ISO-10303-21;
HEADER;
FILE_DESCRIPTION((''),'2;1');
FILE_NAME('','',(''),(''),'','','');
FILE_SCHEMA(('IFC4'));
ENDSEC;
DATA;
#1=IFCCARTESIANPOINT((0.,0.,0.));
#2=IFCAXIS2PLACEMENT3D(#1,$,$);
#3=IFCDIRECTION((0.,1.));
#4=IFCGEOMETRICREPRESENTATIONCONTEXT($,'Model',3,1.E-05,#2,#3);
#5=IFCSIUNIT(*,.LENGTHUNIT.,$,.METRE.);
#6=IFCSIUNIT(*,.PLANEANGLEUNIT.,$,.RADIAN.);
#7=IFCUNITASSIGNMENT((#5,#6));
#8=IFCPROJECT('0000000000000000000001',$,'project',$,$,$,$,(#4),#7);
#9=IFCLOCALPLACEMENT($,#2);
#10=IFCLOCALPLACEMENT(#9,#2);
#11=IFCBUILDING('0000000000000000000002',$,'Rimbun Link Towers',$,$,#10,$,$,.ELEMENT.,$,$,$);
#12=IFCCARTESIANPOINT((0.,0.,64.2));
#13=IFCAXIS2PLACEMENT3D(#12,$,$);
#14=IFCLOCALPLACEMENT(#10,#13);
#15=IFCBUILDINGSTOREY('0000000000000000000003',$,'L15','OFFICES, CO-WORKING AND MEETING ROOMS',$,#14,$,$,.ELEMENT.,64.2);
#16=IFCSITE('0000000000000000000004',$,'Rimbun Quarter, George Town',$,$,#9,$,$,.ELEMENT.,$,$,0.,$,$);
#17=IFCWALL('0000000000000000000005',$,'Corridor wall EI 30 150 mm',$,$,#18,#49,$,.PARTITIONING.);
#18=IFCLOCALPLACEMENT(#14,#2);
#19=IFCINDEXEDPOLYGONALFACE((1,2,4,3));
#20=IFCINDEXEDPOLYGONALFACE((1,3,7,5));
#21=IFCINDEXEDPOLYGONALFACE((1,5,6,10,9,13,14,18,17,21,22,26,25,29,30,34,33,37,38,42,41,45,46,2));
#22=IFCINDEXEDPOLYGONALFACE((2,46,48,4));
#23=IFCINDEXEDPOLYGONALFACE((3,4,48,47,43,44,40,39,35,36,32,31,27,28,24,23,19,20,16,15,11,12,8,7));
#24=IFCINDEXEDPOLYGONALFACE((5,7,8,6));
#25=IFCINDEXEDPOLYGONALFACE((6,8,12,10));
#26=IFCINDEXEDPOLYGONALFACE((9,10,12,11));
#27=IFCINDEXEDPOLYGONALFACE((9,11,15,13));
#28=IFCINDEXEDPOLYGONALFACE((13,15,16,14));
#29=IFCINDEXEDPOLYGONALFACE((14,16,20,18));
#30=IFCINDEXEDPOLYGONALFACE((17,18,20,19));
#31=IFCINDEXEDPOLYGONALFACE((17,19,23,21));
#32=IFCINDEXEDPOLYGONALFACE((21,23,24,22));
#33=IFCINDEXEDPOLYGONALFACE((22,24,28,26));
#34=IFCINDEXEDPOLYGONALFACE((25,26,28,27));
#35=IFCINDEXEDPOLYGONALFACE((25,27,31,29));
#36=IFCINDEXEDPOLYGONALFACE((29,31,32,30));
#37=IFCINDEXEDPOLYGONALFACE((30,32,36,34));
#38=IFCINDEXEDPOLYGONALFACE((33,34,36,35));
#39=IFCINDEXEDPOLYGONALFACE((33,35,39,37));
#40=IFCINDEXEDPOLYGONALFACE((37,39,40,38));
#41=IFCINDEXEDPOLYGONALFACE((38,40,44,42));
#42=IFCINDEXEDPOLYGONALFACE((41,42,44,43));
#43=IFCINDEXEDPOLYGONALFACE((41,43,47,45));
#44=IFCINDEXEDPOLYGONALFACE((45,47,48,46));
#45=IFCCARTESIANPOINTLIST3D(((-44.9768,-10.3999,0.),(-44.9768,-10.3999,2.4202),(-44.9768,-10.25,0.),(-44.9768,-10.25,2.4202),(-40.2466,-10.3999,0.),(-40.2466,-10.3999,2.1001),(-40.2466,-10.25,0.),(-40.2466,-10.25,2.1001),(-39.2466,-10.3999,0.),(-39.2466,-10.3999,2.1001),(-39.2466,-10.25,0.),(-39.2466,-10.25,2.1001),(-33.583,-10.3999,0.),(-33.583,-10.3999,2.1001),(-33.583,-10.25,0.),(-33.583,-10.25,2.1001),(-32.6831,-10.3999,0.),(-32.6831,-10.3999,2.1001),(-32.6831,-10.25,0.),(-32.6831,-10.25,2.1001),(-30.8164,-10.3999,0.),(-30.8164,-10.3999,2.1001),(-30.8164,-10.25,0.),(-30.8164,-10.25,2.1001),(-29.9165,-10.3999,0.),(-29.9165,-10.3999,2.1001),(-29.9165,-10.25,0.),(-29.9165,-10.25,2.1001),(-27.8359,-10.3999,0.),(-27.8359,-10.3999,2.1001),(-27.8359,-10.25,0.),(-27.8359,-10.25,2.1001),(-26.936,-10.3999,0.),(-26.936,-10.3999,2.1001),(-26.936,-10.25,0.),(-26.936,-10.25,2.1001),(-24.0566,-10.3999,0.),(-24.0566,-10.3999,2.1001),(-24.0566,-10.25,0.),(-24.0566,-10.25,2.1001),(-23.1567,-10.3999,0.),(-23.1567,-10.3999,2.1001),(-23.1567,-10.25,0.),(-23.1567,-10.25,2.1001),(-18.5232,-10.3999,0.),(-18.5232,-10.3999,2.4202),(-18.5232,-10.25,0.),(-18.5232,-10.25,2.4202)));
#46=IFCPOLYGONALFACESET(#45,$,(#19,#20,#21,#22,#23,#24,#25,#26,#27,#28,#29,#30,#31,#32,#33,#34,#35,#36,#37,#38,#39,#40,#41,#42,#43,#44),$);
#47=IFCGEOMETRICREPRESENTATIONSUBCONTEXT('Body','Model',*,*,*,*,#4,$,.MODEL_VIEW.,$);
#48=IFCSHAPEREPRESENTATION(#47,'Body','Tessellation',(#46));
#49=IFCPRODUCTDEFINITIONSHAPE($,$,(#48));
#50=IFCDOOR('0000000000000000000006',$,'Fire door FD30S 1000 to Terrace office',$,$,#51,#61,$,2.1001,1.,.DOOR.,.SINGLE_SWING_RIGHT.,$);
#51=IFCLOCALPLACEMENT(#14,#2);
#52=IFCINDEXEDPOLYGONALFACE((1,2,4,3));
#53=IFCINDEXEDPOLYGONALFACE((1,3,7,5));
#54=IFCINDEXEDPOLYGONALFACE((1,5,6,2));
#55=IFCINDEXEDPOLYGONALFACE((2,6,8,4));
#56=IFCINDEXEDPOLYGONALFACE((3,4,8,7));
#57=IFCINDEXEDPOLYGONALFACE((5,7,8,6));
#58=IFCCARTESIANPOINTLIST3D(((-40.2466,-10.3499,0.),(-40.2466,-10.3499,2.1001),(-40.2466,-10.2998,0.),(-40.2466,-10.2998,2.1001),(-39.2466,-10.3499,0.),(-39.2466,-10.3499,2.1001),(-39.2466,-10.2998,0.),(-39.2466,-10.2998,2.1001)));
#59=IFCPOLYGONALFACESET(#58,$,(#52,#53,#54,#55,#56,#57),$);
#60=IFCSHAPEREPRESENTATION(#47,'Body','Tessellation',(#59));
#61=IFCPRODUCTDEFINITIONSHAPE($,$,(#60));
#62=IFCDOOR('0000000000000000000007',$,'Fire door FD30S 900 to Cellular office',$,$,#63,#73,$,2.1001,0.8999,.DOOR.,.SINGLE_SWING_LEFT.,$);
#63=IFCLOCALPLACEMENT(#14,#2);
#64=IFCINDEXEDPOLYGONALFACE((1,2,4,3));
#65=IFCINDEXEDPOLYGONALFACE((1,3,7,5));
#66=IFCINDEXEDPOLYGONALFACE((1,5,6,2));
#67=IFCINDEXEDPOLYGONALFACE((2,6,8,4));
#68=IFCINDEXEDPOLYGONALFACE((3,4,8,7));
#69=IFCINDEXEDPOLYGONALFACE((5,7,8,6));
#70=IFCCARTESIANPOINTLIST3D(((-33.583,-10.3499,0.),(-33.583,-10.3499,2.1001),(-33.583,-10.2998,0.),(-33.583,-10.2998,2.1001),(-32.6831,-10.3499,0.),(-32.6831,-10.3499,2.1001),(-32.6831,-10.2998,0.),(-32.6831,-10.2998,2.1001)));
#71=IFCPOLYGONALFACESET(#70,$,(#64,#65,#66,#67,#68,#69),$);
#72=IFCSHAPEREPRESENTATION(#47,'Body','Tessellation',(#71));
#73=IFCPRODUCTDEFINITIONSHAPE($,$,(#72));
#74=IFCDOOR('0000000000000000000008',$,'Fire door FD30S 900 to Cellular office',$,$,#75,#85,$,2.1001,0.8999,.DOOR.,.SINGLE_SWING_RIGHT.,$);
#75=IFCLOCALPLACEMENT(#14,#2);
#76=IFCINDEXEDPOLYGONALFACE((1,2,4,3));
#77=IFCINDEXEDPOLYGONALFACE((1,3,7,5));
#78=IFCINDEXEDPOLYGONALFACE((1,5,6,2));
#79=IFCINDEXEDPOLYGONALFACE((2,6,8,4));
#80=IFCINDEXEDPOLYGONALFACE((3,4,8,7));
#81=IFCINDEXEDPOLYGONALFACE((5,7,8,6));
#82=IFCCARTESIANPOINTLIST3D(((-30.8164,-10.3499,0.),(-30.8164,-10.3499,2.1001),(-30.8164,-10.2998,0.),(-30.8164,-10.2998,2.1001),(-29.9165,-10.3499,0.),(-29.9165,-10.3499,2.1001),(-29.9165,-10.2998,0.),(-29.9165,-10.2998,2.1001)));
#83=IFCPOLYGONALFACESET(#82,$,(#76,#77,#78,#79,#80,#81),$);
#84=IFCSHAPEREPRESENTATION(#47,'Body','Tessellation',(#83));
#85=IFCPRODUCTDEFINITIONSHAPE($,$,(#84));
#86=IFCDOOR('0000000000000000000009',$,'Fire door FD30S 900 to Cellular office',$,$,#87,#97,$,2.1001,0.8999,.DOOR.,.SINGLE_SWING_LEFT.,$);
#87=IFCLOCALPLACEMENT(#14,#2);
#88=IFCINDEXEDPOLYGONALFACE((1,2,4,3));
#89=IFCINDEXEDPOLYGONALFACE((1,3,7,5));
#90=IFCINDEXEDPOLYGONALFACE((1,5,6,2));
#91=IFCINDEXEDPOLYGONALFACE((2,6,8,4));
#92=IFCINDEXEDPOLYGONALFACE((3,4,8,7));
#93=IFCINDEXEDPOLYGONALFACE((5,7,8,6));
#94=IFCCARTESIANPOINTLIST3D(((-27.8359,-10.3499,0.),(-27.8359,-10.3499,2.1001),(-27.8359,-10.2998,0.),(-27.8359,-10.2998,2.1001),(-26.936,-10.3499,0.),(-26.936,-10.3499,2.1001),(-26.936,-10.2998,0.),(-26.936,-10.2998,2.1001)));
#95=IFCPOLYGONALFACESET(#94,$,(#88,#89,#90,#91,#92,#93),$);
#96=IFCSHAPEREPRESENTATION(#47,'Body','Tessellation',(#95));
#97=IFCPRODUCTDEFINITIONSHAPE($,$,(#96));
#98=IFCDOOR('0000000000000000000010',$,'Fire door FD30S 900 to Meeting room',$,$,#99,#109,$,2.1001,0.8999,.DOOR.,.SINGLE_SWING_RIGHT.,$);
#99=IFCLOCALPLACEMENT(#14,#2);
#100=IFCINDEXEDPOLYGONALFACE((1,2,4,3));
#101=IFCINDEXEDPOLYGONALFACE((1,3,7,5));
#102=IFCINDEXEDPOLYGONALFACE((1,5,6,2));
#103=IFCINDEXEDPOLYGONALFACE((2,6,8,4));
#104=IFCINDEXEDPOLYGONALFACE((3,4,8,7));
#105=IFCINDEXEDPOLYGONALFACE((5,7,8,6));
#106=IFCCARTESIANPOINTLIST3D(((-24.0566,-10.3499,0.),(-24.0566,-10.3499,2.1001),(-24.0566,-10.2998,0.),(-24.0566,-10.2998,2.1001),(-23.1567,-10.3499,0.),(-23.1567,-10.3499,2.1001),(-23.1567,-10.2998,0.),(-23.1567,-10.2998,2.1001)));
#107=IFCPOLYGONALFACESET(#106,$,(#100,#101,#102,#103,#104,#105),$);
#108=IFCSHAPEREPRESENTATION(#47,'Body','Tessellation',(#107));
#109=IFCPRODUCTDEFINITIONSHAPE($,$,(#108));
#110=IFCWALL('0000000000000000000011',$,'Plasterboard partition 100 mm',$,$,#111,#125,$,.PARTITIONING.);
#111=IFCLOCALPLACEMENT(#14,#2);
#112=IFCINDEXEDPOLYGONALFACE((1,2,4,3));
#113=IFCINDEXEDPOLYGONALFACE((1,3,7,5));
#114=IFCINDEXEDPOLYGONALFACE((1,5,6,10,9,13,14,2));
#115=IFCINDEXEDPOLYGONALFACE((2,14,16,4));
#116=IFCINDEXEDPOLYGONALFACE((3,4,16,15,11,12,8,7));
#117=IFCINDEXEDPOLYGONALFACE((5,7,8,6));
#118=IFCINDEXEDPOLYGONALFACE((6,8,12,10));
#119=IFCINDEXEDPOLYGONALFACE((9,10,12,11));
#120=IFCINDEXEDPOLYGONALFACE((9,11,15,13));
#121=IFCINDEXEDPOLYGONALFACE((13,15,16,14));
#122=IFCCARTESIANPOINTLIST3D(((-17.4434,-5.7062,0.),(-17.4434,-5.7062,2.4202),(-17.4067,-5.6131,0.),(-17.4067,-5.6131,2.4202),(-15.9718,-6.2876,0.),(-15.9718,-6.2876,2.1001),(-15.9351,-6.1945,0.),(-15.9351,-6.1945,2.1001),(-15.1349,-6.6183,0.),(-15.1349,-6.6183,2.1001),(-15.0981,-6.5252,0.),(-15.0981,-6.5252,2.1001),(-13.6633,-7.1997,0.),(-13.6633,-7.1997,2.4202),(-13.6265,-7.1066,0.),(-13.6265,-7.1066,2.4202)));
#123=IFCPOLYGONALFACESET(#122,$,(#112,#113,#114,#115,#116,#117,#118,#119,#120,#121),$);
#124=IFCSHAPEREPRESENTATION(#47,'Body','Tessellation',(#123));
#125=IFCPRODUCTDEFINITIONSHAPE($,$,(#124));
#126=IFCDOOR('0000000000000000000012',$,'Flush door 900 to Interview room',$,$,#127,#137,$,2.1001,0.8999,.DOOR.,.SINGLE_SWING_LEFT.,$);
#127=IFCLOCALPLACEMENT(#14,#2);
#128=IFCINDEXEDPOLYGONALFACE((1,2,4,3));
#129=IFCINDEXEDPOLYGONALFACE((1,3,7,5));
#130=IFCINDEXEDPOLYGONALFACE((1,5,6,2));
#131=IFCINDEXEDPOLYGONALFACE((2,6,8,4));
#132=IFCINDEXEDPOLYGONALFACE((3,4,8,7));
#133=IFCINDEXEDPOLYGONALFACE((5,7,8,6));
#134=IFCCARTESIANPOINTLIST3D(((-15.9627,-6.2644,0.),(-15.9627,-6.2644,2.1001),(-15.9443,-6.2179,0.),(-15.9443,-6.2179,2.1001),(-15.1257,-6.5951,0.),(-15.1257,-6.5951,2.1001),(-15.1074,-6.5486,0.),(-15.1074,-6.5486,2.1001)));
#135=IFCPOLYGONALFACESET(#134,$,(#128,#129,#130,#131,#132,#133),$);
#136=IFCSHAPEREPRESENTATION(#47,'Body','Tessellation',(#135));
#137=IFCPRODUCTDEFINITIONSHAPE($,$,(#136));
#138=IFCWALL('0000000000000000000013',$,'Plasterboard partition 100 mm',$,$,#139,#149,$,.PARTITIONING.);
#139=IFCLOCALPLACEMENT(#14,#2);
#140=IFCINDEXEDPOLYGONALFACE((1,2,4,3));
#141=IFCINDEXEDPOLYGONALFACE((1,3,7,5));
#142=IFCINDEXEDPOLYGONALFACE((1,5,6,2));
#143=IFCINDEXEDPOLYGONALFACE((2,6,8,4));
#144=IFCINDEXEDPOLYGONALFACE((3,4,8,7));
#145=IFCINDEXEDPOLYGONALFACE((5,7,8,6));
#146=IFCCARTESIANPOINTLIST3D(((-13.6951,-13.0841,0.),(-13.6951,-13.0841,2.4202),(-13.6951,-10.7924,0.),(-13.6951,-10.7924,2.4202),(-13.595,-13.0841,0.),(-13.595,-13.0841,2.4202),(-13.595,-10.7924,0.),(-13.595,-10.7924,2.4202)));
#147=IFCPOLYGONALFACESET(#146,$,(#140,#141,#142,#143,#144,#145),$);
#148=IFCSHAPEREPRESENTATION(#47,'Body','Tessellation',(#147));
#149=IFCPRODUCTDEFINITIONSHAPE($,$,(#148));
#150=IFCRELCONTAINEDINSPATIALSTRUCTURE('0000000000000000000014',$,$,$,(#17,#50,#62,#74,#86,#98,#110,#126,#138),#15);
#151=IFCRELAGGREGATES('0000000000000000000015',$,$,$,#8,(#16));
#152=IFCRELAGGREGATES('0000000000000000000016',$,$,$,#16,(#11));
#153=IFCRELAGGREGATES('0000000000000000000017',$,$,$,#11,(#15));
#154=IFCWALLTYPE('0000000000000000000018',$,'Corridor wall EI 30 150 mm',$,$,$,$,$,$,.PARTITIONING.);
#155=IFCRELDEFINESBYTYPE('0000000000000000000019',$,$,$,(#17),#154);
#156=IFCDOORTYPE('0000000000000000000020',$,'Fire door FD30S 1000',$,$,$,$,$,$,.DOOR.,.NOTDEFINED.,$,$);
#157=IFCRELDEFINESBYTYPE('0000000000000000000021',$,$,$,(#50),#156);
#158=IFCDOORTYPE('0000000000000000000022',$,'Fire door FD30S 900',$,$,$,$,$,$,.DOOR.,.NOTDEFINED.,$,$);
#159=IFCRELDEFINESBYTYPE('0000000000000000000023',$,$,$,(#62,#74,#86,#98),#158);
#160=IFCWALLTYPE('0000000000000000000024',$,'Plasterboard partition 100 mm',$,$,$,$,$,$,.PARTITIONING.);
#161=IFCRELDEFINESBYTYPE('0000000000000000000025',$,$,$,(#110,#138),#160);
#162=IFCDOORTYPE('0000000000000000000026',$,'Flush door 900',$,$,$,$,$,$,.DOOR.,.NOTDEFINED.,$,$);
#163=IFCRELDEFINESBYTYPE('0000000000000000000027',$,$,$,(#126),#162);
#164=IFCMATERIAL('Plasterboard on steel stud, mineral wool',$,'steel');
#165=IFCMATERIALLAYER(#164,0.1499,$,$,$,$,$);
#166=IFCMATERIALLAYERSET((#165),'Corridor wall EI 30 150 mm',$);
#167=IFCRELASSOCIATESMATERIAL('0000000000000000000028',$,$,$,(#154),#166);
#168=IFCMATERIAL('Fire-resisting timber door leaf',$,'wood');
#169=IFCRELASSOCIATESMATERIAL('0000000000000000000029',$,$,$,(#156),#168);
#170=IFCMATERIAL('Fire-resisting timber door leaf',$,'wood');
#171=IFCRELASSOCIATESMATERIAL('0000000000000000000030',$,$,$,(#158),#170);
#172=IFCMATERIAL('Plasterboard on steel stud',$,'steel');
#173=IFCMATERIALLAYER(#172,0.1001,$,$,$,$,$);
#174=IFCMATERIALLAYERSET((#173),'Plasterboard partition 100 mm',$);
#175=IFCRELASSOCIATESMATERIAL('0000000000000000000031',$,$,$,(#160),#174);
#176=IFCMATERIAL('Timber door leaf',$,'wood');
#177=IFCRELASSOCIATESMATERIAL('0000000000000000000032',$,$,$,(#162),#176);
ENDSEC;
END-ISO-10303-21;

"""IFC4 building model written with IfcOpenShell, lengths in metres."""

from ifc_helpers import new_model, si_unit, direction, frame, frame_2d, origin, place, context, subcontext, project, spatial, rectangle, extrude, material, layer, layer_set, type_object, element, fill, save


model = new_model("IFC4")

# Units and contexts
model_context = context("Model", 3, precision=1e-05, world=origin(), true_north=direction((0.0, 1.0)))
body_context = subcontext(model_context, "Body", "Model", "MODEL_VIEW")
ifc_project = project(units=[si_unit("LENGTHUNIT", "METRE"), si_unit("PLANEANGLEUNIT", "RADIAN")], contexts=[model_context])

# Site, building, storey
site_placement = place(None, origin())
site = spatial("IfcSite", under=ifc_project, at=site_placement, Name="Rimbun Quarter, George Town", CompositionType="ELEMENT", RefElevation=0.0)
building_placement = place(site_placement, origin())
building = spatial("IfcBuilding", under=site, at=building_placement, Name="Rimbun Link Towers", CompositionType="ELEMENT")
storey_placement = place(building_placement, frame((0.0, 0.0, 64.2)))
storey = spatial("IfcBuildingStorey", under=building, at=storey_placement, Name="L15", Description="OFFICES, CO-WORKING AND MEETING ROOMS", CompositionType="ELEMENT", Elevation=64.2)

# Shared definitions
ifc_material_1 = material(Name="Plasterboard on steel stud, mineral wool", Category="steel")
ifc_layer_1 = layer(ifc_material_1, 0.1499)
ifc_layer_set_1 = layer_set([ifc_layer_1], Name="Corridor wall EI 30 150 mm")
wall_type_1 = type_object("IfcWallType", Name="Corridor wall EI 30 150 mm", PredefinedType="PARTITIONING", material=ifc_layer_set_1)

# Wall, openings, doors
wall_1_placement = place(storey_placement, frame((-18.5232, -10.325, 0.0), z_axis=(0.0, 0.0, 1.0), x_axis=(-1.0, 0.0, 0.0)))
wall_1 = element("IfcWall", 1, at=wall_1_placement, inside=storey, type_object=wall_type_1, Name="Corridor wall EI 30 150 mm", PredefinedType="PARTITIONING", context=body_context, shape_type="SweptSolid", body=[
    extrude(rectangle(XDim=26.4536, YDim=0.1499, at=frame_2d((13.2268, 0.0))), origin(), (0.0, 0.0, 1.0), 2.4202),
])
opening_1_placement = place(wall_1_placement, frame((14.1599, 0.0, 0.0)))
opening_1 = element("IfcOpeningElement", 2, at=opening_1_placement, cuts=wall_1, PredefinedType="OPENING", context=body_context, shape_type="SweptSolid", body=[
    extrude(rectangle(XDim=0.8999, YDim=2.1001, at=frame_2d((0.45, 1.05))), frame((0.0, 0.085, 0.0), z_axis=(0.0, -1.0, 0.0), x_axis=(1.0, 0.0, 0.0)), (0.0, 0.0, 1.0), 0.1699),
])
opening_2_placement = place(wall_1_placement, frame((11.3933, 0.0, 0.0)))
opening_2 = element("IfcOpeningElement", 3, at=opening_2_placement, cuts=wall_1, PredefinedType="OPENING", context=body_context, shape_type="SweptSolid", body=[
    extrude(rectangle(XDim=0.8999, YDim=2.1001, at=frame_2d((0.45, 1.05))), frame((0.0, 0.085, 0.0), z_axis=(0.0, -1.0, 0.0), x_axis=(1.0, 0.0, 0.0)), (0.0, 0.0, 1.0), 0.1699),
])
opening_3_placement = place(wall_1_placement, frame((8.4128, 0.0, 0.0)))
opening_3 = element("IfcOpeningElement", 4, at=opening_3_placement, cuts=wall_1, PredefinedType="OPENING", context=body_context, shape_type="SweptSolid", body=[
    extrude(rectangle(XDim=0.8999, YDim=2.1001, at=frame_2d((0.45, 1.05))), frame((0.0, 0.085, 0.0), z_axis=(0.0, -1.0, 0.0), x_axis=(1.0, 0.0, 0.0)), (0.0, 0.0, 1.0), 0.1699),
])
opening_4_placement = place(wall_1_placement, frame((4.6335, 0.0, 0.0)))
opening_4 = element("IfcOpeningElement", 5, at=opening_4_placement, cuts=wall_1, PredefinedType="OPENING", context=body_context, shape_type="SweptSolid", body=[
    extrude(rectangle(XDim=0.8999, YDim=2.1001, at=frame_2d((0.45, 1.05))), frame((0.0, 0.085, 0.0), z_axis=(0.0, -1.0, 0.0), x_axis=(1.0, 0.0, 0.0)), (0.0, 0.0, 1.0), 0.1699),
])
opening_5_placement = place(wall_1_placement, frame((20.7234, 0.0, 0.0)))
opening_5 = element("IfcOpeningElement", 6, at=opening_5_placement, cuts=wall_1, PredefinedType="OPENING", context=body_context, shape_type="SweptSolid", body=[
    extrude(rectangle(XDim=1.0, YDim=2.1001, at=frame_2d((0.5, 1.05))), frame((0.0, 0.085, 0.0), z_axis=(0.0, -1.0, 0.0), x_axis=(1.0, 0.0, 0.0)), (0.0, 0.0, 1.0), 0.1699),
])
ifc_material_2 = material(Name="Fire-resisting timber door leaf", Category="wood")
door_type_1 = type_object("IfcDoorType", Name="Fire door FD30S 1000", OperationType="NOTDEFINED", PredefinedType="DOOR", material=ifc_material_2)
door_1_placement = place(opening_5_placement, origin())
door_1 = element("IfcDoor", 7, at=door_1_placement, inside=storey, type_object=door_type_1, Name="Fire door FD30S 1000 to Terrace office", OperationType="SINGLE_SWING_RIGHT", OverallHeight=2.1001, OverallWidth=1.0, PredefinedType="DOOR", context=body_context, shape_type="SweptSolid", body=[
    extrude(rectangle(XDim=1.0, YDim=2.1001, at=frame_2d((0.5, 1.05))), frame((0.0, 0.0249, 0.0), z_axis=(0.0, -1.0, 0.0), x_axis=(1.0, 0.0, 0.0)), (0.0, 0.0, 1.0), 0.05),
])
fill(opening_5, door_1)
ifc_material_3 = material(Name="Fire-resisting timber door leaf", Category="wood")
door_type_2 = type_object("IfcDoorType", Name="Fire door FD30S 900", OperationType="NOTDEFINED", PredefinedType="DOOR", material=ifc_material_3)
door_2_placement = place(opening_1_placement, origin())
door_2 = element("IfcDoor", 8, at=door_2_placement, inside=storey, type_object=door_type_2, Name="Fire door FD30S 900 to Cellular office", OperationType="SINGLE_SWING_LEFT", OverallHeight=2.1001, OverallWidth=0.8999, PredefinedType="DOOR", context=body_context, shape_type="SweptSolid", body=[
    extrude(rectangle(XDim=0.8999, YDim=2.1001, at=frame_2d((0.45, 1.05))), frame((0.0, 0.0249, 0.0), z_axis=(0.0, -1.0, 0.0), x_axis=(1.0, 0.0, 0.0)), (0.0, 0.0, 1.0), 0.05),
])
fill(opening_1, door_2)
door_3_placement = place(opening_2_placement, origin())
door_3 = element("IfcDoor", 9, at=door_3_placement, inside=storey, type_object=door_type_2, Name="Fire door FD30S 900 to Cellular office", OperationType="SINGLE_SWING_RIGHT", OverallHeight=2.1001, OverallWidth=0.8999, PredefinedType="DOOR", context=body_context, shape_type="SweptSolid", body=[
    extrude(rectangle(XDim=0.8999, YDim=2.1001, at=frame_2d((0.45, 1.05))), frame((0.0, 0.0249, 0.0), z_axis=(0.0, -1.0, 0.0), x_axis=(1.0, 0.0, 0.0)), (0.0, 0.0, 1.0), 0.05),
])
fill(opening_2, door_3)
door_4_placement = place(opening_3_placement, origin())
door_4 = element("IfcDoor", 10, at=door_4_placement, inside=storey, type_object=door_type_2, Name="Fire door FD30S 900 to Cellular office", OperationType="SINGLE_SWING_LEFT", OverallHeight=2.1001, OverallWidth=0.8999, PredefinedType="DOOR", context=body_context, shape_type="SweptSolid", body=[
    extrude(rectangle(XDim=0.8999, YDim=2.1001, at=frame_2d((0.45, 1.05))), frame((0.0, 0.0249, 0.0), z_axis=(0.0, -1.0, 0.0), x_axis=(1.0, 0.0, 0.0)), (0.0, 0.0, 1.0), 0.05),
])
fill(opening_3, door_4)
door_5_placement = place(opening_4_placement, origin())
door_5 = element("IfcDoor", 11, at=door_5_placement, inside=storey, type_object=door_type_2, Name="Fire door FD30S 900 to Meeting room", OperationType="SINGLE_SWING_RIGHT", OverallHeight=2.1001, OverallWidth=0.8999, PredefinedType="DOOR", context=body_context, shape_type="SweptSolid", body=[
    extrude(rectangle(XDim=0.8999, YDim=2.1001, at=frame_2d((0.45, 1.05))), frame((0.0, 0.0249, 0.0), z_axis=(0.0, -1.0, 0.0), x_axis=(1.0, 0.0, 0.0)), (0.0, 0.0, 1.0), 0.05),
])
fill(opening_4, door_5)

# Wall, opening, door
ifc_material_4 = material(Name="Plasterboard on steel stud", Category="steel")
ifc_layer_2 = layer(ifc_material_4, 0.1001)
ifc_layer_set_2 = layer_set([ifc_layer_2], Name="Plasterboard partition 100 mm")
wall_type_2 = type_object("IfcWallType", Name="Plasterboard partition 100 mm", PredefinedType="PARTITIONING", material=ifc_layer_set_2)
wall_2_placement = place(storey_placement, frame((-17.425, -5.6597, 0.0), z_axis=(0.0, 0.0, 1.0), x_axis=(0.930047, -0.367441, 0.0)))
wall_2 = element("IfcWall", 12, at=wall_2_placement, inside=storey, type_object=wall_type_2, Name="Plasterboard partition 100 mm", PredefinedType="PARTITIONING", context=body_context, shape_type="SweptSolid", body=[
    extrude(rectangle(XDim=4.0645, YDim=0.1001, at=frame_2d((2.0322, 0.0))), origin(), (0.0, 0.0, 1.0), 2.4202),
])
opening_6_placement = place(wall_2_placement, frame((1.5823, 0.0, 0.0)))
opening_6 = element("IfcOpeningElement", 13, at=opening_6_placement, cuts=wall_2, PredefinedType="OPENING", context=body_context, shape_type="SweptSolid", body=[
    extrude(rectangle(XDim=0.8999, YDim=2.1001, at=frame_2d((0.45, 1.05))), frame((0.0, 0.0601, 0.0), z_axis=(0.0, -1.0, 0.0), x_axis=(1.0, 0.0, 0.0)), (0.0, 0.0, 1.0), 0.1201),
])
ifc_material_5 = material(Name="Timber door leaf", Category="wood")
door_type_3 = type_object("IfcDoorType", Name="Flush door 900", OperationType="NOTDEFINED", PredefinedType="DOOR", material=ifc_material_5)
door_6_placement = place(opening_6_placement, origin())
door_6 = element("IfcDoor", 14, at=door_6_placement, inside=storey, type_object=door_type_3, Name="Flush door 900 to Interview room", OperationType="SINGLE_SWING_LEFT", OverallHeight=2.1001, OverallWidth=0.8999, PredefinedType="DOOR", context=body_context, shape_type="SweptSolid", body=[
    extrude(rectangle(XDim=0.8999, YDim=2.1001, at=frame_2d((0.45, 1.05))), frame((0.0, 0.0249, 0.0), z_axis=(0.0, -1.0, 0.0), x_axis=(1.0, 0.0, 0.0)), (0.0, 0.0, 1.0), 0.05),
])
fill(opening_6, door_6)

# Wall
wall_3_placement = place(storey_placement, frame((-13.645, -13.0842, 0.0), z_axis=(0.0, 0.0, 1.0), x_axis=(0.0, 1.0, 0.0)))
element("IfcWall", 15, at=wall_3_placement, inside=storey, type_object=wall_type_2, Name="Plasterboard partition 100 mm", PredefinedType="PARTITIONING", context=body_context, shape_type="SweptSolid", body=[
    extrude(rectangle(XDim=2.2917, YDim=0.1001, at=frame_2d((1.146, 0.0))), origin(), (0.0, 0.0, 1.0), 2.4202),
])

save(model, "model.ifc")
